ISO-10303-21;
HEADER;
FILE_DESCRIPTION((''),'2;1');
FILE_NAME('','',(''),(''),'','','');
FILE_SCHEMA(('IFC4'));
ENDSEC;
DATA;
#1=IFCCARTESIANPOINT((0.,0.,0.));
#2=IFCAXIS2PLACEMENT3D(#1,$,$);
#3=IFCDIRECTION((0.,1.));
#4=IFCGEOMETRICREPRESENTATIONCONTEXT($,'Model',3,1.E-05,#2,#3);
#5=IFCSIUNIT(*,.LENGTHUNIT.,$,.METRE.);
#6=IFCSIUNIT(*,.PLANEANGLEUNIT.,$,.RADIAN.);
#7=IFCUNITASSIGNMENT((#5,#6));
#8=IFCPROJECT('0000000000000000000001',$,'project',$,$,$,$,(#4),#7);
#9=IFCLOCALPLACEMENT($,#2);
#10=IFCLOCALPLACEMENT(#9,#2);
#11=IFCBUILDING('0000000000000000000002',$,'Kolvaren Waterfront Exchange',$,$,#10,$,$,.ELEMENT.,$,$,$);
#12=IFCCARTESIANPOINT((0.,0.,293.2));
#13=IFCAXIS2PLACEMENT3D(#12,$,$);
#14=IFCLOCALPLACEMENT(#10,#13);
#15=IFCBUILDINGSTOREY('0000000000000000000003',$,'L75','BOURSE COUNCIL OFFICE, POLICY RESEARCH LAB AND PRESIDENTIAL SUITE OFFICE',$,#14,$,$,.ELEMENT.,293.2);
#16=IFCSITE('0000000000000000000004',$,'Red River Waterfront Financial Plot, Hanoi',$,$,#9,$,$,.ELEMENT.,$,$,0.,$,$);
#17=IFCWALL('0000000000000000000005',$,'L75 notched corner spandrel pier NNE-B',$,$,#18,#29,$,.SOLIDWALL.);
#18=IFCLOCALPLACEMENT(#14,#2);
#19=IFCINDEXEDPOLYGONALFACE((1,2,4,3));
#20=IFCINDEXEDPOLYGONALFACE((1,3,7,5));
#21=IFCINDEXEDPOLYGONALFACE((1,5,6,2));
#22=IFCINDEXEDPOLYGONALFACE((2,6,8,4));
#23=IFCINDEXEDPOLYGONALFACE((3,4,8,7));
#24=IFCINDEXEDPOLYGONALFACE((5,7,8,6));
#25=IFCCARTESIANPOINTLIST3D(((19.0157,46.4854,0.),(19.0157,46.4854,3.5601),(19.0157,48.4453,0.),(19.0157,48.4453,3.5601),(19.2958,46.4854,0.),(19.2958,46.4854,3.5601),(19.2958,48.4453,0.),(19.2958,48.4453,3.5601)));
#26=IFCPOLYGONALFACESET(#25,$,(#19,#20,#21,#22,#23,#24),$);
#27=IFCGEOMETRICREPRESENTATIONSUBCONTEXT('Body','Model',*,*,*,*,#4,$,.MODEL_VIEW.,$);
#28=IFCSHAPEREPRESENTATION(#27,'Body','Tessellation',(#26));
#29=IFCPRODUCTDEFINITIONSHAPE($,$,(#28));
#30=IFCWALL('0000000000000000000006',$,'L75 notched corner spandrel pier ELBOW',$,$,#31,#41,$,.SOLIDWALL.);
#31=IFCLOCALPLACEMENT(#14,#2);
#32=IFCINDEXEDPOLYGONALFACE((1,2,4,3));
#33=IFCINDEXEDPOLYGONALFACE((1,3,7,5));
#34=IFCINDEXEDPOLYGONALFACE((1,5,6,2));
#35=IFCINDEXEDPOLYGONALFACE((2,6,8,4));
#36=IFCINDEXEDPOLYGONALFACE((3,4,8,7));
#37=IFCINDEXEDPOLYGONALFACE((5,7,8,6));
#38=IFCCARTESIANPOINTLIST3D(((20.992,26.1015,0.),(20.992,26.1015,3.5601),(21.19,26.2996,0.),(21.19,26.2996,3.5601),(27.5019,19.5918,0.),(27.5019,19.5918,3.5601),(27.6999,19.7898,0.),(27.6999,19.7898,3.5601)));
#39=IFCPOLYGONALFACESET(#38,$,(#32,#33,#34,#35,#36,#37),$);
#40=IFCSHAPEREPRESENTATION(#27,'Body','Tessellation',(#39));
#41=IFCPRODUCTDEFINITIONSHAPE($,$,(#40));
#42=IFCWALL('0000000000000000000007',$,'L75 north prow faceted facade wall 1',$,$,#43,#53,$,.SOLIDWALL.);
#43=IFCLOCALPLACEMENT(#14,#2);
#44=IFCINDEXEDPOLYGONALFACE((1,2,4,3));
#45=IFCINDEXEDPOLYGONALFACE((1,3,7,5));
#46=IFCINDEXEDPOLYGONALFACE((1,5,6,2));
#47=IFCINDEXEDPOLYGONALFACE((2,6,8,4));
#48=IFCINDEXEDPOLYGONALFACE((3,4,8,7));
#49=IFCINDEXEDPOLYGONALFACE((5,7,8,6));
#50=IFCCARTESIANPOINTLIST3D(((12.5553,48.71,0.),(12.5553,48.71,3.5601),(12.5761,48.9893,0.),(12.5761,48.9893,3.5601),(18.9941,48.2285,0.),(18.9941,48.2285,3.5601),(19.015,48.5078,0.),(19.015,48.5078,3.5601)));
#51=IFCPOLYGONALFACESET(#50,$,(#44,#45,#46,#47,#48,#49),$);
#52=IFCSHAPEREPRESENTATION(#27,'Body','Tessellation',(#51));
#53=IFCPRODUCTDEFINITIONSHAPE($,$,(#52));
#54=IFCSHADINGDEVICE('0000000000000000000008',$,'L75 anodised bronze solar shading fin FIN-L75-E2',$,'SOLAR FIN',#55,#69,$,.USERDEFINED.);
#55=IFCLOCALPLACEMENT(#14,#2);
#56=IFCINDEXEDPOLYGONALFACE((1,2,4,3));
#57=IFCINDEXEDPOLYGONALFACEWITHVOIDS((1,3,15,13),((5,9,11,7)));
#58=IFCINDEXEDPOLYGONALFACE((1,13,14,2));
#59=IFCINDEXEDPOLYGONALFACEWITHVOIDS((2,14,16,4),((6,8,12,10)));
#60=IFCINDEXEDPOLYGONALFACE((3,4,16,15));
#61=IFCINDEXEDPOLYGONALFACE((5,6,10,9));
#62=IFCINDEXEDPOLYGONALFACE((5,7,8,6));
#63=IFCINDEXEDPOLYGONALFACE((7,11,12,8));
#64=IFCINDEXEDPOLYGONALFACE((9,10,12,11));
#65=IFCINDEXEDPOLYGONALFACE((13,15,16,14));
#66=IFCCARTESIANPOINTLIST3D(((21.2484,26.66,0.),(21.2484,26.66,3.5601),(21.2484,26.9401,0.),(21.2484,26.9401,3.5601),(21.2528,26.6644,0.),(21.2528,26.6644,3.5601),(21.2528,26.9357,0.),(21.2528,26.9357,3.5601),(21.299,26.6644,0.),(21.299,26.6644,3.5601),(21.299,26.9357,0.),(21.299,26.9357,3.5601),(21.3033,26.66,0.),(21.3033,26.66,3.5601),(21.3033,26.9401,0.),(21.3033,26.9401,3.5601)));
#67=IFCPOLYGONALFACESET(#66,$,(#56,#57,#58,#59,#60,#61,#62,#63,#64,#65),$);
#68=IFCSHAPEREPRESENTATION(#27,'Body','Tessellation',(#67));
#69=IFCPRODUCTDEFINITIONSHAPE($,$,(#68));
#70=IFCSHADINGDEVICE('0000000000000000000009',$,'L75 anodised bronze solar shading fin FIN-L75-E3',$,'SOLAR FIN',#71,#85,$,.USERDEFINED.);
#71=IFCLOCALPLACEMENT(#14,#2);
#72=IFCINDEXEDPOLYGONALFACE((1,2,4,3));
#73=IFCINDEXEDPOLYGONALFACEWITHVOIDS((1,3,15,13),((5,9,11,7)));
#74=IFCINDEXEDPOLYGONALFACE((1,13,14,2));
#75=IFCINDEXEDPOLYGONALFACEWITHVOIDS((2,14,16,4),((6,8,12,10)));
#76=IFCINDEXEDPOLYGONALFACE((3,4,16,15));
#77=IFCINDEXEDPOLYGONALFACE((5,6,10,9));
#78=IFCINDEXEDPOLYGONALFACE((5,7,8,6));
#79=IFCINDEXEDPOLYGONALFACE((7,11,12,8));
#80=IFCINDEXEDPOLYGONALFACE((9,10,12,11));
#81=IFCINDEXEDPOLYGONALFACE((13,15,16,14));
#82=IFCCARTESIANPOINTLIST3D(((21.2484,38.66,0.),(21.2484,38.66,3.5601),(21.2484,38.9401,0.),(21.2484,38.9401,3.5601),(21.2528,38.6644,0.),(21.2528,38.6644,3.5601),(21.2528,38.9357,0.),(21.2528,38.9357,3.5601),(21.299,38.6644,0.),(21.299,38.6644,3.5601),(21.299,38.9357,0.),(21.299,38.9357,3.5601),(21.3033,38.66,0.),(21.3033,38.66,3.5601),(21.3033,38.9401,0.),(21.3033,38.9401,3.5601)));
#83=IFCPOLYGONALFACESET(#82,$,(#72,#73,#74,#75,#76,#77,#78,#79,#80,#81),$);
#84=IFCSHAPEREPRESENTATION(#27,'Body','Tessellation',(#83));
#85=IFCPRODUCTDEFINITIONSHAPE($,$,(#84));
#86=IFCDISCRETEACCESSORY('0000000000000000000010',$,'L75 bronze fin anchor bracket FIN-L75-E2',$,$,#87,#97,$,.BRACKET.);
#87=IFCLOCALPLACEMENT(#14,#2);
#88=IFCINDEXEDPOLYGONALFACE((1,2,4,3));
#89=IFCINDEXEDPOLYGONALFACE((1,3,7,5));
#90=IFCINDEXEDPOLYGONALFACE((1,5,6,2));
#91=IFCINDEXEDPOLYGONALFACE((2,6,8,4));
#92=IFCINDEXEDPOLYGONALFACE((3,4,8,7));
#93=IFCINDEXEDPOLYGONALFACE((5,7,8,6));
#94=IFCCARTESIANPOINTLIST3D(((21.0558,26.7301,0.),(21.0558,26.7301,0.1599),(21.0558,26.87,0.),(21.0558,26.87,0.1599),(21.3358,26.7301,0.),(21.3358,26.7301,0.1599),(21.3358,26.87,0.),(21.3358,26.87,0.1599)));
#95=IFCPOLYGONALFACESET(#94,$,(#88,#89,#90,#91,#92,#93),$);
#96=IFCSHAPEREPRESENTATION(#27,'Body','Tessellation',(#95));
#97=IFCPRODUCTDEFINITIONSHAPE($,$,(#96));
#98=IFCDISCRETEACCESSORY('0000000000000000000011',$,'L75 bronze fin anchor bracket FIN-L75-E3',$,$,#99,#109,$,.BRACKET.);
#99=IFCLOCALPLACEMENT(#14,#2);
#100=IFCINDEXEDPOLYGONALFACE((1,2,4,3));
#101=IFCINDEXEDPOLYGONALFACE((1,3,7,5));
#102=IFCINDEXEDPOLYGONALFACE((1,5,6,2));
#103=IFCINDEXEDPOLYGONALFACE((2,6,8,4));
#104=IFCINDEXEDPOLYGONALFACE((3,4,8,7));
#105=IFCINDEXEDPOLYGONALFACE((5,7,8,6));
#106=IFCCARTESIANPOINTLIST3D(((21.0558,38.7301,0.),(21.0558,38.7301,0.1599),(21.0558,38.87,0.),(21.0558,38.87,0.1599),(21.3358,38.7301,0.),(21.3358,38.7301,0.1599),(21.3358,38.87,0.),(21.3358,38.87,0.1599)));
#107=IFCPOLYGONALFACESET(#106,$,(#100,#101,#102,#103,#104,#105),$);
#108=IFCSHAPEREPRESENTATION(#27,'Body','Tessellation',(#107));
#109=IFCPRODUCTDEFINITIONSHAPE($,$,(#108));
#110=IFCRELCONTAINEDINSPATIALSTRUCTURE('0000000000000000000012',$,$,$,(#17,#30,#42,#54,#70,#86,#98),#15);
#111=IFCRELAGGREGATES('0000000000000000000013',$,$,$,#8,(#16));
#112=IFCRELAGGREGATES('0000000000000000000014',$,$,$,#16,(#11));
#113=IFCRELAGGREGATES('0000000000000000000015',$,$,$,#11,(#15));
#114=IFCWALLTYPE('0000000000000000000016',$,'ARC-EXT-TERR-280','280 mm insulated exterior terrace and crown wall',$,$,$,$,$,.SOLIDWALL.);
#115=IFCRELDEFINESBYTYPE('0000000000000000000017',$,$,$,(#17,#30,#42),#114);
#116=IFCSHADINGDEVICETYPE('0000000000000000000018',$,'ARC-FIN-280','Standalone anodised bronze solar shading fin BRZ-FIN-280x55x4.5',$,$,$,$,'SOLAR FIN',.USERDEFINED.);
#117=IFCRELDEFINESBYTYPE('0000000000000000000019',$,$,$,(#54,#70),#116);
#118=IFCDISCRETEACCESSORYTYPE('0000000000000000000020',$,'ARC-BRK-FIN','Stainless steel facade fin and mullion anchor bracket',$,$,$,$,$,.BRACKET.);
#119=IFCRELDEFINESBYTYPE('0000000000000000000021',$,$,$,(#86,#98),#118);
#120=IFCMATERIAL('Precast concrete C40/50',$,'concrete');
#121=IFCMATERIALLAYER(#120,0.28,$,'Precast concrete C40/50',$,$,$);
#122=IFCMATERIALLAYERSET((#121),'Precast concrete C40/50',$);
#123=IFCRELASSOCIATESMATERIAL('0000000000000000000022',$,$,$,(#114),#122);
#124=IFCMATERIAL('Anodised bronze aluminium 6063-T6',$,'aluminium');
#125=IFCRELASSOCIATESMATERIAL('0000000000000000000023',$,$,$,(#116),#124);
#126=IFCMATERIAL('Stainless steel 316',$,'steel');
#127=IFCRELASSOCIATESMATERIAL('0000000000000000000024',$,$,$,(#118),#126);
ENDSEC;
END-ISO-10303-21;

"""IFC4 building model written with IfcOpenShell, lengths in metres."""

from ifc_helpers import new_model, si_unit, direction, frame, frame_2d, origin, origin_with_axes, origin_2d, place, context, subcontext, project, spatial, rectangle, hollow_rectangle, extrude, source, transform, mapped, material, layer, layer_set, material_profile, profile_set, type_object, element, save


model = new_model("IFC4")

# Units and contexts
model_context = context("Model", 3, precision=1e-05, world=origin(), true_north=direction((0.0, 1.0)))
body_context = subcontext(model_context, "Body", "Model", "MODEL_VIEW")
ifc_project = project(units=[si_unit("LENGTHUNIT", "METRE"), si_unit("PLANEANGLEUNIT", "RADIAN")], contexts=[model_context])

# Site, building, storey
site_placement = place(None, origin())
site = spatial("IfcSite", under=ifc_project, at=site_placement, Name="Red River Waterfront Financial Plot, Hanoi", CompositionType="ELEMENT", RefElevation=0.0)
building_placement = place(site_placement, origin())
building = spatial("IfcBuilding", under=site, at=building_placement, Name="Kolvaren Waterfront Exchange", CompositionType="ELEMENT")
storey_placement = place(building_placement, frame((0.0, 0.0, 293.2)))
storey = spatial("IfcBuildingStorey", under=building, at=storey_placement, Name="L75", Description="BOURSE COUNCIL OFFICE, POLICY RESEARCH LAB AND PRESIDENTIAL SUITE OFFICE", CompositionType="ELEMENT", Elevation=293.2)

# Shared definitions
ifc_material_1 = material(Name="Anodised bronze aluminium 6063-T6", Category="aluminium")

# Walls
ifc_material_2 = material(Name="Precast concrete C40/50", Category="concrete")
ifc_layer_1 = layer(ifc_material_2, 0.28, Name="Precast concrete C40/50")
ifc_layer_set_1 = layer_set([ifc_layer_1], Name="Precast concrete C40/50")
wall_type = type_object("IfcWallType", Name="ARC-EXT-TERR-280", Description="280 mm insulated exterior terrace and crown wall", PredefinedType="SOLIDWALL", material=ifc_layer_set_1)
wall_1_placement = place(storey_placement, frame((19.1558, 46.4854, 0.0), z_axis=(0.0, 0.0, 1.0), x_axis=(0.0, 1.0, 0.0)))
element("IfcWall", 1, at=wall_1_placement, inside=storey, type_object=wall_type, Name="L75 notched corner spandrel pier NNE-B", PredefinedType="SOLIDWALL", context=body_context, shape_type="SweptSolid", body=[
    extrude(rectangle(XDim=1.96, YDim=0.28, at=frame_2d((0.98, 0.0))), origin(), (0.0, 0.0, 1.0), 3.5601),
])
wall_2_placement = place(storey_placement, frame((27.6008, 19.6909, 0.0), z_axis=(0.0, 0.0, 1.0), x_axis=(-0.70712, 0.707094, 0.0)))
element("IfcWall", 2, at=wall_2_placement, inside=storey, type_object=wall_type, Name="L75 notched corner spandrel pier ELBOW", PredefinedType="SOLIDWALL", context=body_context, shape_type="SweptSolid", body=[
    extrude(rectangle(XDim=9.2063, YDim=0.28, at=frame_2d((4.603, 0.0))), origin(), (0.0, 0.0, 1.0), 3.5601),
])
wall_3_placement = place(storey_placement, frame((19.0046, 48.3682, 0.0), z_axis=(0.0, 0.0, 1.0), x_axis=(-0.997216, 0.074565, 0.0)))
element("IfcWall", 3, at=wall_3_placement, inside=storey, type_object=wall_type, Name="L75 north prow faceted facade wall 1", PredefinedType="SOLIDWALL", context=body_context, shape_type="SweptSolid", body=[
    extrude(rectangle(XDim=6.4568, YDim=0.28, at=frame_2d((3.2285, 0.0))), origin(), (0.0, 0.0, 1.0), 3.5601),
])

# Shading devices
ifc_material_profile_1 = material_profile(ifc_material_1, hollow_rectangle(XDim=0.0549, YDim=0.28, WallThickness=0.0044, at=origin_2d()), Name="BRZ-FIN-280x55x4.5")
ifc_profile_set_1 = profile_set([ifc_material_profile_1], Name="Anodised bronze aluminium 6063-T6")
shading_device_type = type_object("IfcShadingDeviceType", Name="ARC-FIN-280", Description="Standalone anodised bronze solar shading fin BRZ-FIN-280x55x4.5", ElementType="SOLAR FIN", PredefinedType="USERDEFINED", material=ifc_profile_set_1)
for number, where, z_axis, x_axis, name in (
    (4, (21.2759, 26.8, 0.0), (0.0, 0.0, 1.0), (1.0, 0.0, 0.0), "L75 anodised bronze solar shading fin FIN-L75-E2"),
    (5, (21.2759, 38.8, 0.0), (0.0, 0.0, 1.0), (1.0, 0.0, 0.0), "L75 anodised bronze solar shading fin FIN-L75-E3"),
):
    element("IfcShadingDevice", number, at=place(storey_placement, frame(where, z_axis=z_axis, x_axis=x_axis)), inside=storey, type_object=shading_device_type, Name=name, ObjectType="SOLAR FIN", PredefinedType="USERDEFINED", context=body_context, shape_type="SweptSolid", body=[
        extrude(hollow_rectangle(XDim=0.0549, YDim=0.28, WallThickness=0.0044, at=origin_2d()), origin(), (0.0, 0.0, 1.0), 3.5601),
    ])

# Shared definitions
ifc_material_3 = material(Name="Stainless steel 316", Category="steel")

# Discrete accessories
discrete_accessory_type = type_object("IfcDiscreteAccessoryType", Name="ARC-BRK-FIN", Description="Stainless steel facade fin and mullion anchor bracket", PredefinedType="BRACKET", material=ifc_material_3)
shared_shape_1 = source(origin_with_axes(), body_context, "Body", "SweptSolid", [
    extrude(rectangle(XDim=0.28, YDim=0.1399, at=origin_2d()), origin(), (0.0, 0.0, 1.0), 0.1599),
])
for number, where, z_axis, x_axis, name in (
    (6, (21.1958, 26.8, 0.0), (0.0, 0.0, 1.0), (1.0, 0.0, 0.0), "L75 bronze fin anchor bracket FIN-L75-E2"),
    (7, (21.1958, 38.8, 0.0), (0.0, 0.0, 1.0), (1.0, 0.0, 0.0), "L75 bronze fin anchor bracket FIN-L75-E3"),
):
    element("IfcDiscreteAccessory", number, at=place(storey_placement, frame(where, z_axis=z_axis, x_axis=x_axis)), inside=storey, type_object=discrete_accessory_type, Name=name, PredefinedType="BRACKET", context=body_context, shape_type="MappedRepresentation", body=[
        mapped(shared_shape_1, transform((0.0, 0.0, 0.0), x_axis=(1.0, 0.0, 0.0), y_axis=(0.0, 1.0, 0.0), z_axis=(0.0, 0.0, 1.0), scale=1.0)),
    ])

save(model, "model.ifc")
